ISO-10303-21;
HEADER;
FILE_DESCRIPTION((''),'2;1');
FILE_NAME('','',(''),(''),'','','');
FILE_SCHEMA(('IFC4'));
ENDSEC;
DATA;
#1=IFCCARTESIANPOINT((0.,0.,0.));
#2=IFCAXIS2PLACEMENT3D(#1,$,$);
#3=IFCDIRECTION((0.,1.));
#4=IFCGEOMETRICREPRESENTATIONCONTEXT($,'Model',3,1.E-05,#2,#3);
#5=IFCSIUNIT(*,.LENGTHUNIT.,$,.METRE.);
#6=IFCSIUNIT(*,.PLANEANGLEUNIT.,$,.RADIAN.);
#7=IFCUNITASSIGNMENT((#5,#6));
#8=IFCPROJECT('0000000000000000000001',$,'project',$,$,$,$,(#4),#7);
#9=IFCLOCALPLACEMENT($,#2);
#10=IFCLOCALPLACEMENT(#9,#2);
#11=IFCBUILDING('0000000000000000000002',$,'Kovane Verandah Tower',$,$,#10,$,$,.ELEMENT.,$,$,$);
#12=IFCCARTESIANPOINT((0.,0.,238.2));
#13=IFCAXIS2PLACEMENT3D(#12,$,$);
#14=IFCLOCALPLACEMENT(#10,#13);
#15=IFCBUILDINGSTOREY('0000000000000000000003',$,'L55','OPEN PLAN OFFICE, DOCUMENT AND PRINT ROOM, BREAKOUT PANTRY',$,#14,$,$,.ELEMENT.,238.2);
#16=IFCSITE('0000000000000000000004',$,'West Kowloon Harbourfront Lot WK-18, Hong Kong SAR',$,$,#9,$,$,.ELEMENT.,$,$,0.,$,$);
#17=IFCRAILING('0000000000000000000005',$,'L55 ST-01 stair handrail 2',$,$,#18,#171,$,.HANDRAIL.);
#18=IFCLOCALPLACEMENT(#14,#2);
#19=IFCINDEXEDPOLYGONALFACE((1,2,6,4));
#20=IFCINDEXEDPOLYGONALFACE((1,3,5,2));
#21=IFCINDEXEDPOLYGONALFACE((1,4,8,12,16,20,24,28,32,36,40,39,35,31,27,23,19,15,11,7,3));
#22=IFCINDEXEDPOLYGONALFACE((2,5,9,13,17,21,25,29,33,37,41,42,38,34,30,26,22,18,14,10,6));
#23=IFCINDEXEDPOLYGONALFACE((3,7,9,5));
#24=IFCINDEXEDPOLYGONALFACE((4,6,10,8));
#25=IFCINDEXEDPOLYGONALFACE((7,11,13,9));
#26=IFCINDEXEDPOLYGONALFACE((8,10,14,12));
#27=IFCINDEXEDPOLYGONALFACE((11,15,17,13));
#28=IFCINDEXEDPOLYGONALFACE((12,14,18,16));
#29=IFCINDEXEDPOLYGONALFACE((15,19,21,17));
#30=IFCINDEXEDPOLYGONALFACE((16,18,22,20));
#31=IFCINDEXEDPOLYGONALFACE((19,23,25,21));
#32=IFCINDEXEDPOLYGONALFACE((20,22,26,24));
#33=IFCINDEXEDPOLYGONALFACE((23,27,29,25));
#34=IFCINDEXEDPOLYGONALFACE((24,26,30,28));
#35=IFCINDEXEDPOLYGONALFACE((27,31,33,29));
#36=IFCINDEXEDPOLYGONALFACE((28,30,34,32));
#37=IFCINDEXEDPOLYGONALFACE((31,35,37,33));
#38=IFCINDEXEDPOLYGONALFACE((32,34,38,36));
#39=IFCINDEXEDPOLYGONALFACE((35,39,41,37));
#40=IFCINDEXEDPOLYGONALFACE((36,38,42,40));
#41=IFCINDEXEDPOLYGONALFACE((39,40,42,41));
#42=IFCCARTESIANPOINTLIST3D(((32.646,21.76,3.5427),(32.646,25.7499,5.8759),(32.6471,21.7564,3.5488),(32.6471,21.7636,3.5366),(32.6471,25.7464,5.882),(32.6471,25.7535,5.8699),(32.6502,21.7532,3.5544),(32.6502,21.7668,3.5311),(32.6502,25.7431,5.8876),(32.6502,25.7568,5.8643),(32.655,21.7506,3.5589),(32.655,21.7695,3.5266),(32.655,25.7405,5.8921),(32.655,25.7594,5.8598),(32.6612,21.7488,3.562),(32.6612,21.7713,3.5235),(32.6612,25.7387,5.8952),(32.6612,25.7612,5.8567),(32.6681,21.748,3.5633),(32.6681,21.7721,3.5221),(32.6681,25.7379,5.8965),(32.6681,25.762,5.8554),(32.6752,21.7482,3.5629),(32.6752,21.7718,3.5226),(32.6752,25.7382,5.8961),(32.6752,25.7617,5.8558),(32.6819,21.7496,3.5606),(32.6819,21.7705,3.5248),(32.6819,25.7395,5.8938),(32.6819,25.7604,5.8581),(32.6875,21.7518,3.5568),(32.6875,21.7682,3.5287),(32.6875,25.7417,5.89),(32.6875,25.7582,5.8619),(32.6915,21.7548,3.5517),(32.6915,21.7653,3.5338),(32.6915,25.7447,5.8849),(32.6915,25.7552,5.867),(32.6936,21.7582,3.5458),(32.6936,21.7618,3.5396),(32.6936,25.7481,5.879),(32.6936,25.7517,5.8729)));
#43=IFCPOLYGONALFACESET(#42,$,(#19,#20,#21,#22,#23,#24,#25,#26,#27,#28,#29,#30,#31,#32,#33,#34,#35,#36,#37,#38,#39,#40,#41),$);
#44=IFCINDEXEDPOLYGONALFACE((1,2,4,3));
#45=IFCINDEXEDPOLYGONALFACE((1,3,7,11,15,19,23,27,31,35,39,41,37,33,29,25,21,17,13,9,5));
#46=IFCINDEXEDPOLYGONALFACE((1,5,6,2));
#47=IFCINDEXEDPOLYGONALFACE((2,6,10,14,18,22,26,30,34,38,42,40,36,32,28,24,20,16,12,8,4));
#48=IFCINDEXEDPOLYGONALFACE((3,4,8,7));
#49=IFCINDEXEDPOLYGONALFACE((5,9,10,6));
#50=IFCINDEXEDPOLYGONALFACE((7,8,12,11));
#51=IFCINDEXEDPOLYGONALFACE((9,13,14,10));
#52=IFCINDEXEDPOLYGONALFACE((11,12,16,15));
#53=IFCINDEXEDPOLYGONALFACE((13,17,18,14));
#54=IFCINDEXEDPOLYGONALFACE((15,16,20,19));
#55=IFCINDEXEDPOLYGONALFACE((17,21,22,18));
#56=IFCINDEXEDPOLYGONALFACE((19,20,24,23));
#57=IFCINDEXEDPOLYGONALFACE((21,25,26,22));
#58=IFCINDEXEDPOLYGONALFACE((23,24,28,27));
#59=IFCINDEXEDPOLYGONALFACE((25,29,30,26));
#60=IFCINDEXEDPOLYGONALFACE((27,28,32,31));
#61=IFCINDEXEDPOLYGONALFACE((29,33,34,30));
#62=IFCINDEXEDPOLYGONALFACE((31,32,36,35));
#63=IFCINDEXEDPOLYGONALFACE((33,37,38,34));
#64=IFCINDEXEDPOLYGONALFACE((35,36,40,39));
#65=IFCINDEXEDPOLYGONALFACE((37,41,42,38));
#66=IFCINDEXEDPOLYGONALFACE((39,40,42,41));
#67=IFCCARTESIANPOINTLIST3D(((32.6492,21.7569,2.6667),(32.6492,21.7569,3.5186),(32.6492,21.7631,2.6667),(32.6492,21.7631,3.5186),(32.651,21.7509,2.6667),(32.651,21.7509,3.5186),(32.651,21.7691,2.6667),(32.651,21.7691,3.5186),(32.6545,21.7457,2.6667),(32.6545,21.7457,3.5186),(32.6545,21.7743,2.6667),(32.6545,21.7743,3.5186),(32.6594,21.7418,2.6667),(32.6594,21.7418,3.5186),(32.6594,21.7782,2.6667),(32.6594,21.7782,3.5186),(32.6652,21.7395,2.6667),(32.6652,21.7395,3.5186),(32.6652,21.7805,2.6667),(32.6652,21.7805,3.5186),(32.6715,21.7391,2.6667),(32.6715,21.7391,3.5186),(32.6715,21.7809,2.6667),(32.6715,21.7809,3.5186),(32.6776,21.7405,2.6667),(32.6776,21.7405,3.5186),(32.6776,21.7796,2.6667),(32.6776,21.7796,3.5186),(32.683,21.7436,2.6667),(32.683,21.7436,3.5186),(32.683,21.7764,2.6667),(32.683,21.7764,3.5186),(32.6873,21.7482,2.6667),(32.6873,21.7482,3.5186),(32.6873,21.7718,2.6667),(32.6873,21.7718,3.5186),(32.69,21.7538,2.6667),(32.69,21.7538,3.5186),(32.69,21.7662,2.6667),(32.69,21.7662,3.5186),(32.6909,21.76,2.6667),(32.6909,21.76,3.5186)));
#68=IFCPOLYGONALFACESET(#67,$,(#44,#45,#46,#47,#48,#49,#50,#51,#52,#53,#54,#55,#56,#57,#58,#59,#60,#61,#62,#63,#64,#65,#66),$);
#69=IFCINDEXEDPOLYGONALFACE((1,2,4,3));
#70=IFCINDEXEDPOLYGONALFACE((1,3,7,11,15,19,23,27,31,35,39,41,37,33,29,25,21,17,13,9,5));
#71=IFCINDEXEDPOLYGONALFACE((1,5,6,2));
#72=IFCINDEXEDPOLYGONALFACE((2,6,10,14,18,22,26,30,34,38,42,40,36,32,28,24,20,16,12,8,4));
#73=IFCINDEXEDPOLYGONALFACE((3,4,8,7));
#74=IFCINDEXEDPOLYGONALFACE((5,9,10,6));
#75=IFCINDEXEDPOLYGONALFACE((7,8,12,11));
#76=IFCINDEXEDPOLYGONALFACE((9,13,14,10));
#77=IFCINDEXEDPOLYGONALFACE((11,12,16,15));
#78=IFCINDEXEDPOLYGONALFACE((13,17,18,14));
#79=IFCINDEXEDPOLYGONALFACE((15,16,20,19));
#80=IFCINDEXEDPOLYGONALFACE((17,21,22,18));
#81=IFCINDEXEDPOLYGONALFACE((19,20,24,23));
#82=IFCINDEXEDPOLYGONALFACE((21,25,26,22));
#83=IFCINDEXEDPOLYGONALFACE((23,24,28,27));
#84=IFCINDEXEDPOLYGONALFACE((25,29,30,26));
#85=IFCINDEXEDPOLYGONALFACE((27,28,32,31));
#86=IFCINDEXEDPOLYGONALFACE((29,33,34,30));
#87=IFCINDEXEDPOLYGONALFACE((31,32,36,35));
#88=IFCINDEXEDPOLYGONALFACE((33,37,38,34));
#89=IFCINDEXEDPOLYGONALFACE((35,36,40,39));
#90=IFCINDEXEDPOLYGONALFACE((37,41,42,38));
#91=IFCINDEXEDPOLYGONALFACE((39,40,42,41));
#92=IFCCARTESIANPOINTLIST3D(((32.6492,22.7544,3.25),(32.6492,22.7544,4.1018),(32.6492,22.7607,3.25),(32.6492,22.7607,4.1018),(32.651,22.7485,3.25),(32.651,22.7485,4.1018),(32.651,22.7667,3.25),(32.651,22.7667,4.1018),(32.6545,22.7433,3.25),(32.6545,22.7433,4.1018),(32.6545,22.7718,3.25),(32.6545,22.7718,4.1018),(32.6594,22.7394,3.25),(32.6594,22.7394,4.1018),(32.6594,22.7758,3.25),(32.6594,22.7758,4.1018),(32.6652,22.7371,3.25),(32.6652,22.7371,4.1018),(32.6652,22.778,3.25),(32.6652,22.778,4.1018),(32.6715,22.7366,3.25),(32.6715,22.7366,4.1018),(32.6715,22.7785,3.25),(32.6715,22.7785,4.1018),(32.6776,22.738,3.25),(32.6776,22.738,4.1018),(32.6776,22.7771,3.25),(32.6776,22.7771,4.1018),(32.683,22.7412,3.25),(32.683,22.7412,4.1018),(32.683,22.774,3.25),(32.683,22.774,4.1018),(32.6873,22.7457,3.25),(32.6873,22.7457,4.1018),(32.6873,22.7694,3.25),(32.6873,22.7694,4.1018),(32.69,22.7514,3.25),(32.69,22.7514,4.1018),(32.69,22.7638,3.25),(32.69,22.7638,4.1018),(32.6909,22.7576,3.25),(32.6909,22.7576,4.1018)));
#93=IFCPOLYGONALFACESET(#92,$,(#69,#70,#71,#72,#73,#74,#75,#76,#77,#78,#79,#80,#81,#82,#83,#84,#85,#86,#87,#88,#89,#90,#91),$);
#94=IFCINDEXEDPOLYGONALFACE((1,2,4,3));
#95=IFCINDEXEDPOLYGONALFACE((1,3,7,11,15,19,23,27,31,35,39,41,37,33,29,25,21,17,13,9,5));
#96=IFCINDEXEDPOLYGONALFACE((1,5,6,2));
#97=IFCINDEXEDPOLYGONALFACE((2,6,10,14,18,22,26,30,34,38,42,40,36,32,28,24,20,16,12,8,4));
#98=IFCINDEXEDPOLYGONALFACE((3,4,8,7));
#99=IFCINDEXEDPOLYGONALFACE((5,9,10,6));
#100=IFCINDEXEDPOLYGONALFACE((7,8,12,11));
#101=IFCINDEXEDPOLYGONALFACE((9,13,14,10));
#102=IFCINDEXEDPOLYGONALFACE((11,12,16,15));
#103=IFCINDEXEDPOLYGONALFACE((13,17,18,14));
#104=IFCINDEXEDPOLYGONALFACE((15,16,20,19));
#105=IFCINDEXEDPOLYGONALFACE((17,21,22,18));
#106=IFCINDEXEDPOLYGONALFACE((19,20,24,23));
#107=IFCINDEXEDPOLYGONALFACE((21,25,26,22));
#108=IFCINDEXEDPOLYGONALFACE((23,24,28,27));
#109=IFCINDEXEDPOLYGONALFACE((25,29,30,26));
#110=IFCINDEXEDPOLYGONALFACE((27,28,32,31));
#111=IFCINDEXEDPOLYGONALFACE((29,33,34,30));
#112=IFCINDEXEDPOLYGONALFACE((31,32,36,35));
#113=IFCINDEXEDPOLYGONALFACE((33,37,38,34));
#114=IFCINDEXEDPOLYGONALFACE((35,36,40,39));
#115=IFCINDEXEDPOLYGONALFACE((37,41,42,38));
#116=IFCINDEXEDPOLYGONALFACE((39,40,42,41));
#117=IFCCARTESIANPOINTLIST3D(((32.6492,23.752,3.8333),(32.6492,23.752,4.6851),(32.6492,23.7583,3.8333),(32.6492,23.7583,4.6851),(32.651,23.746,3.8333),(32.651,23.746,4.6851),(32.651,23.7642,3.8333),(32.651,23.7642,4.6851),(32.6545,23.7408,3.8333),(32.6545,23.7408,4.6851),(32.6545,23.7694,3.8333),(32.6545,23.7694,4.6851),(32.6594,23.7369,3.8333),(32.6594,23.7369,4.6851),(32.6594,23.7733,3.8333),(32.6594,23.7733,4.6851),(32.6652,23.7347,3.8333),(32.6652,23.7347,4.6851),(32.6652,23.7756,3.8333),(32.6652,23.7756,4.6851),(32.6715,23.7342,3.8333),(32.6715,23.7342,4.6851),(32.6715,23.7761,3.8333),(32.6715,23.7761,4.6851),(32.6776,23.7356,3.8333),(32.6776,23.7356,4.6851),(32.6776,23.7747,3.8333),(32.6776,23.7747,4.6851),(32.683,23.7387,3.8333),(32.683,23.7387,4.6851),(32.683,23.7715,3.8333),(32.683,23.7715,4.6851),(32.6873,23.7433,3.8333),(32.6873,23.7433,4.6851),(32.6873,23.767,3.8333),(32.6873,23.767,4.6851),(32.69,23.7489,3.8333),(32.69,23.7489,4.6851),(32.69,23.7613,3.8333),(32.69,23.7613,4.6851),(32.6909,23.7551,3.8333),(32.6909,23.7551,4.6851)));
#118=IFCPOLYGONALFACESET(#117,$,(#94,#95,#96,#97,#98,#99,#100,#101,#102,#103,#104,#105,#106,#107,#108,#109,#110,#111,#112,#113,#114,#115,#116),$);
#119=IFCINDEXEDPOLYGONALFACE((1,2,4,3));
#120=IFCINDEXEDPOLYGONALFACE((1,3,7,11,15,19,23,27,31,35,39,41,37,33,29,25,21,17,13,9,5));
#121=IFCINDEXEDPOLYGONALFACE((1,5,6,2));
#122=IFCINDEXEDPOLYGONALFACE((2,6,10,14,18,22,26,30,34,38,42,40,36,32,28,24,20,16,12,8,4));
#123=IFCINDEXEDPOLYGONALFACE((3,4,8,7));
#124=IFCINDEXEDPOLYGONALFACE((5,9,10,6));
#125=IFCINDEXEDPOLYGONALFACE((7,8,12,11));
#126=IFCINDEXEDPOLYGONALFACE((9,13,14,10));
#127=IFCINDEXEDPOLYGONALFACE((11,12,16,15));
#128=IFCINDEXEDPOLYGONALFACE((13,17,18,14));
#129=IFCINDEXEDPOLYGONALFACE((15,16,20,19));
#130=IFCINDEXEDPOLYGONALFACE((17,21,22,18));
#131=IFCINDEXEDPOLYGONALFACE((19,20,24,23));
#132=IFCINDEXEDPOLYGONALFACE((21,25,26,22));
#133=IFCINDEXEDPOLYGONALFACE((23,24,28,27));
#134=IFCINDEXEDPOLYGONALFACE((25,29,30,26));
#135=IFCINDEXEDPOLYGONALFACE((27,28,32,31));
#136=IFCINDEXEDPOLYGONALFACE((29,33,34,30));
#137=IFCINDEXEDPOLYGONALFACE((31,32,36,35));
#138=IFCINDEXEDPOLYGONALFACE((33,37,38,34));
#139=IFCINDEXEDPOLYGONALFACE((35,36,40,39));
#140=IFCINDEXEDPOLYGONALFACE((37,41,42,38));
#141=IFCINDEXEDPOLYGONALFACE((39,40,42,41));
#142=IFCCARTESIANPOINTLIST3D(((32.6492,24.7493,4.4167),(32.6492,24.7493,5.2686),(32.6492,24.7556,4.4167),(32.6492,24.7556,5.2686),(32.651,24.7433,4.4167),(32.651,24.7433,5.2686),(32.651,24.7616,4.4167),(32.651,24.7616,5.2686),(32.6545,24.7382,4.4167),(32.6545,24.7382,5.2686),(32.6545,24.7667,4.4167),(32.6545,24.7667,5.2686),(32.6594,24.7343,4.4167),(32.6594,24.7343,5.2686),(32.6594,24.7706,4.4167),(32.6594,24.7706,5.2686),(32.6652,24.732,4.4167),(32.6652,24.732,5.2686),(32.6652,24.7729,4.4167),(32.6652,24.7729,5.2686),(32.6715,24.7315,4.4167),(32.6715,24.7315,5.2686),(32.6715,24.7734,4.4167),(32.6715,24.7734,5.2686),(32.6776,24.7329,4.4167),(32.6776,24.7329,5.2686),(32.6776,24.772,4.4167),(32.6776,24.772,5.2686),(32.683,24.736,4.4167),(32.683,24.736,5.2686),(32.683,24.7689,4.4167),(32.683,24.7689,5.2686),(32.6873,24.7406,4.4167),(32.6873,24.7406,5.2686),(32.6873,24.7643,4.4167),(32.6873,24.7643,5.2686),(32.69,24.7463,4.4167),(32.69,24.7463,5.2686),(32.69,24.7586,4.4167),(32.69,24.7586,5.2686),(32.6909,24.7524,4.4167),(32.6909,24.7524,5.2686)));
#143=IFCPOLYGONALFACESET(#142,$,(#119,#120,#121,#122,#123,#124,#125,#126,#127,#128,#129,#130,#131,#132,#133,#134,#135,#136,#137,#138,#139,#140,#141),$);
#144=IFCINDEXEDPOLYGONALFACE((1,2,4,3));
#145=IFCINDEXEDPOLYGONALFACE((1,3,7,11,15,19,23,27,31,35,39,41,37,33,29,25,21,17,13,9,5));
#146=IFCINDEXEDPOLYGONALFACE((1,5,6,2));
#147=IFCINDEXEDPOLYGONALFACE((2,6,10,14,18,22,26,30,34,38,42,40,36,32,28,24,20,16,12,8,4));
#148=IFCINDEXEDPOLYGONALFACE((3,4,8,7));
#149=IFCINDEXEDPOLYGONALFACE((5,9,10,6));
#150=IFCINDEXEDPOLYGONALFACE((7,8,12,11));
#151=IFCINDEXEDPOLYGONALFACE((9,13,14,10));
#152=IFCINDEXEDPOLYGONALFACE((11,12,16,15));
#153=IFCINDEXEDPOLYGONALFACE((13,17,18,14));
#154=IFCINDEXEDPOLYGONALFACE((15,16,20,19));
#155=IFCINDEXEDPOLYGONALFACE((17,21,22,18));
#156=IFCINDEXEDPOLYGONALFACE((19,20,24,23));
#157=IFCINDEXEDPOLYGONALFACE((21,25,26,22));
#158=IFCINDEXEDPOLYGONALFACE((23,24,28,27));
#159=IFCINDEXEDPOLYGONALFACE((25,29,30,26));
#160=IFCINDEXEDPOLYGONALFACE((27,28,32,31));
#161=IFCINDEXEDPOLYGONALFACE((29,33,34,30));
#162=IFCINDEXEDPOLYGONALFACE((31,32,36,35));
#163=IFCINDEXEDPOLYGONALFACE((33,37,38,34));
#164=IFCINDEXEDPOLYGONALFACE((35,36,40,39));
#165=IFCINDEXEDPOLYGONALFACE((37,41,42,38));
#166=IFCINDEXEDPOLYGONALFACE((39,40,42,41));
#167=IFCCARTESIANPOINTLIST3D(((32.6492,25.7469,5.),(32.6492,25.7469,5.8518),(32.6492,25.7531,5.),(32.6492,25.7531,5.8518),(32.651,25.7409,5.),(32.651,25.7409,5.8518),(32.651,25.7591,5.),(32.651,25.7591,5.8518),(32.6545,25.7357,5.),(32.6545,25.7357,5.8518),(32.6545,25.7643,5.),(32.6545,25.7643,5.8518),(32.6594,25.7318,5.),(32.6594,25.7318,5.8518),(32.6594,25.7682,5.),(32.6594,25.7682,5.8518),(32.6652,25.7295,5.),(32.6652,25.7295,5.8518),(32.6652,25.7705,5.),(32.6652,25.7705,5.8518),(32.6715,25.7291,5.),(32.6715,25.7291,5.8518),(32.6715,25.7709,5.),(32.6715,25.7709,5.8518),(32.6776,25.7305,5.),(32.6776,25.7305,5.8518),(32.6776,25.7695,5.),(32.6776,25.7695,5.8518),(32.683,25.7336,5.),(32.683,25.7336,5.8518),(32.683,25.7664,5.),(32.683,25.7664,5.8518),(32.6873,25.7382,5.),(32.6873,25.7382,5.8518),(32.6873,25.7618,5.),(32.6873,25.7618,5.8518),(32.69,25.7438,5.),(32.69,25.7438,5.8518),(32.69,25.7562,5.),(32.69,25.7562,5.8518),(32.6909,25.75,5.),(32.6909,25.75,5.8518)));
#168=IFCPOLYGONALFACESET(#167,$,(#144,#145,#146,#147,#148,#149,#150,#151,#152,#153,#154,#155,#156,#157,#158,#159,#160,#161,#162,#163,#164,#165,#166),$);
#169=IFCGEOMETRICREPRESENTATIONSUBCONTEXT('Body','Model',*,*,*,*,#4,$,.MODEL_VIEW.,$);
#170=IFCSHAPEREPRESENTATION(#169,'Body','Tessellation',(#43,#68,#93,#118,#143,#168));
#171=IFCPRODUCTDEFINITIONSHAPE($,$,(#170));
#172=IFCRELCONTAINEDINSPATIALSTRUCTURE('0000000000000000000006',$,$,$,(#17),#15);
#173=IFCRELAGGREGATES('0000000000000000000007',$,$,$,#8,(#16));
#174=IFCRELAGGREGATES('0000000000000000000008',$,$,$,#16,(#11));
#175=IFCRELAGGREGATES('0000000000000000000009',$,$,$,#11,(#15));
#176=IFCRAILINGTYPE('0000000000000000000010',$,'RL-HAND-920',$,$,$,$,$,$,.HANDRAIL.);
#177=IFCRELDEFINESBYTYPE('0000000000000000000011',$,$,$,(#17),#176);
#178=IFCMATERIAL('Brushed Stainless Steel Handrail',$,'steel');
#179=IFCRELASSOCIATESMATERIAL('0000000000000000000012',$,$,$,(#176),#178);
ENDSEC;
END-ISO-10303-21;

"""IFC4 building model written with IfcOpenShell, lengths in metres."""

from ifc_helpers import new_model, si_unit, direction, frame, origin, origin_2d, place, context, subcontext, project, spatial, circle, extrude, material, type_object, element, save


model = new_model("IFC4")

# Units and contexts
model_context = context("Model", 3, precision=1e-05, world=origin(), true_north=direction((0.0, 1.0)))
body_context = subcontext(model_context, "Body", "Model", "MODEL_VIEW")
ifc_project = project(units=[si_unit("LENGTHUNIT", "METRE"), si_unit("PLANEANGLEUNIT", "RADIAN")], contexts=[model_context])

# Site, building, storey
site_placement = place(None, origin())
site = spatial("IfcSite", under=ifc_project, at=site_placement, Name="West Kowloon Harbourfront Lot WK-18, Hong Kong SAR", CompositionType="ELEMENT", RefElevation=0.0)
building_placement = place(site_placement, origin())
building = spatial("IfcBuilding", under=site, at=building_placement, Name="Kovane Verandah Tower", CompositionType="ELEMENT")
storey_placement = place(building_placement, frame((0.0, 0.0, 238.2)))
storey = spatial("IfcBuildingStorey", under=building, at=storey_placement, Name="L55", Description="OPEN PLAN OFFICE, DOCUMENT AND PRINT ROOM, BREAKOUT PANTRY", CompositionType="ELEMENT", Elevation=238.2)

# Railing
ifc_material_1 = material(Name="Brushed Stainless Steel Handrail", Category="steel")
railing_type_1 = type_object("IfcRailingType", Name="RL-HAND-920", PredefinedType="HANDRAIL", material=ifc_material_1)
railing_1_placement = place(storey_placement, frame((32.6699, 21.76, 2.6667)))
element("IfcRailing", 1, at=railing_1_placement, inside=storey, type_object=railing_type_1, Name="L55 ST-01 stair handrail 2", PredefinedType="HANDRAIL", context=body_context, shape_type="SweptSolid", body=[
    extrude(circle(Radius=0.0239, at=origin_2d()), frame((0.0, 0.0, 0.876), z_axis=(0.0, 0.863236, 0.5048), x_axis=(-1.0, 0.0, 0.0)), (0.0, 0.0, 1.0), 4.6221),
    extrude(circle(Radius=0.021, at=origin_2d()), origin(), (0.0, 0.0, 1.0), 0.8518),
    extrude(circle(Radius=0.021, at=origin_2d()), frame((0.0, 0.9976, 0.5833)), (0.0, 0.0, 1.0), 0.8518),
    extrude(circle(Radius=0.021, at=origin_2d()), frame((0.0, 1.9951, 1.1665)), (0.0, 0.0, 1.0), 0.8518),
    extrude(circle(Radius=0.021, at=origin_2d()), frame((0.0, 2.9924, 1.75)), (0.0, 0.0, 1.0), 0.8518),
    extrude(circle(Radius=0.021, at=origin_2d()), frame((0.0, 3.99, 2.3333)), (0.0, 0.0, 1.0), 0.8518),
])

save(model, "model.ifc")
